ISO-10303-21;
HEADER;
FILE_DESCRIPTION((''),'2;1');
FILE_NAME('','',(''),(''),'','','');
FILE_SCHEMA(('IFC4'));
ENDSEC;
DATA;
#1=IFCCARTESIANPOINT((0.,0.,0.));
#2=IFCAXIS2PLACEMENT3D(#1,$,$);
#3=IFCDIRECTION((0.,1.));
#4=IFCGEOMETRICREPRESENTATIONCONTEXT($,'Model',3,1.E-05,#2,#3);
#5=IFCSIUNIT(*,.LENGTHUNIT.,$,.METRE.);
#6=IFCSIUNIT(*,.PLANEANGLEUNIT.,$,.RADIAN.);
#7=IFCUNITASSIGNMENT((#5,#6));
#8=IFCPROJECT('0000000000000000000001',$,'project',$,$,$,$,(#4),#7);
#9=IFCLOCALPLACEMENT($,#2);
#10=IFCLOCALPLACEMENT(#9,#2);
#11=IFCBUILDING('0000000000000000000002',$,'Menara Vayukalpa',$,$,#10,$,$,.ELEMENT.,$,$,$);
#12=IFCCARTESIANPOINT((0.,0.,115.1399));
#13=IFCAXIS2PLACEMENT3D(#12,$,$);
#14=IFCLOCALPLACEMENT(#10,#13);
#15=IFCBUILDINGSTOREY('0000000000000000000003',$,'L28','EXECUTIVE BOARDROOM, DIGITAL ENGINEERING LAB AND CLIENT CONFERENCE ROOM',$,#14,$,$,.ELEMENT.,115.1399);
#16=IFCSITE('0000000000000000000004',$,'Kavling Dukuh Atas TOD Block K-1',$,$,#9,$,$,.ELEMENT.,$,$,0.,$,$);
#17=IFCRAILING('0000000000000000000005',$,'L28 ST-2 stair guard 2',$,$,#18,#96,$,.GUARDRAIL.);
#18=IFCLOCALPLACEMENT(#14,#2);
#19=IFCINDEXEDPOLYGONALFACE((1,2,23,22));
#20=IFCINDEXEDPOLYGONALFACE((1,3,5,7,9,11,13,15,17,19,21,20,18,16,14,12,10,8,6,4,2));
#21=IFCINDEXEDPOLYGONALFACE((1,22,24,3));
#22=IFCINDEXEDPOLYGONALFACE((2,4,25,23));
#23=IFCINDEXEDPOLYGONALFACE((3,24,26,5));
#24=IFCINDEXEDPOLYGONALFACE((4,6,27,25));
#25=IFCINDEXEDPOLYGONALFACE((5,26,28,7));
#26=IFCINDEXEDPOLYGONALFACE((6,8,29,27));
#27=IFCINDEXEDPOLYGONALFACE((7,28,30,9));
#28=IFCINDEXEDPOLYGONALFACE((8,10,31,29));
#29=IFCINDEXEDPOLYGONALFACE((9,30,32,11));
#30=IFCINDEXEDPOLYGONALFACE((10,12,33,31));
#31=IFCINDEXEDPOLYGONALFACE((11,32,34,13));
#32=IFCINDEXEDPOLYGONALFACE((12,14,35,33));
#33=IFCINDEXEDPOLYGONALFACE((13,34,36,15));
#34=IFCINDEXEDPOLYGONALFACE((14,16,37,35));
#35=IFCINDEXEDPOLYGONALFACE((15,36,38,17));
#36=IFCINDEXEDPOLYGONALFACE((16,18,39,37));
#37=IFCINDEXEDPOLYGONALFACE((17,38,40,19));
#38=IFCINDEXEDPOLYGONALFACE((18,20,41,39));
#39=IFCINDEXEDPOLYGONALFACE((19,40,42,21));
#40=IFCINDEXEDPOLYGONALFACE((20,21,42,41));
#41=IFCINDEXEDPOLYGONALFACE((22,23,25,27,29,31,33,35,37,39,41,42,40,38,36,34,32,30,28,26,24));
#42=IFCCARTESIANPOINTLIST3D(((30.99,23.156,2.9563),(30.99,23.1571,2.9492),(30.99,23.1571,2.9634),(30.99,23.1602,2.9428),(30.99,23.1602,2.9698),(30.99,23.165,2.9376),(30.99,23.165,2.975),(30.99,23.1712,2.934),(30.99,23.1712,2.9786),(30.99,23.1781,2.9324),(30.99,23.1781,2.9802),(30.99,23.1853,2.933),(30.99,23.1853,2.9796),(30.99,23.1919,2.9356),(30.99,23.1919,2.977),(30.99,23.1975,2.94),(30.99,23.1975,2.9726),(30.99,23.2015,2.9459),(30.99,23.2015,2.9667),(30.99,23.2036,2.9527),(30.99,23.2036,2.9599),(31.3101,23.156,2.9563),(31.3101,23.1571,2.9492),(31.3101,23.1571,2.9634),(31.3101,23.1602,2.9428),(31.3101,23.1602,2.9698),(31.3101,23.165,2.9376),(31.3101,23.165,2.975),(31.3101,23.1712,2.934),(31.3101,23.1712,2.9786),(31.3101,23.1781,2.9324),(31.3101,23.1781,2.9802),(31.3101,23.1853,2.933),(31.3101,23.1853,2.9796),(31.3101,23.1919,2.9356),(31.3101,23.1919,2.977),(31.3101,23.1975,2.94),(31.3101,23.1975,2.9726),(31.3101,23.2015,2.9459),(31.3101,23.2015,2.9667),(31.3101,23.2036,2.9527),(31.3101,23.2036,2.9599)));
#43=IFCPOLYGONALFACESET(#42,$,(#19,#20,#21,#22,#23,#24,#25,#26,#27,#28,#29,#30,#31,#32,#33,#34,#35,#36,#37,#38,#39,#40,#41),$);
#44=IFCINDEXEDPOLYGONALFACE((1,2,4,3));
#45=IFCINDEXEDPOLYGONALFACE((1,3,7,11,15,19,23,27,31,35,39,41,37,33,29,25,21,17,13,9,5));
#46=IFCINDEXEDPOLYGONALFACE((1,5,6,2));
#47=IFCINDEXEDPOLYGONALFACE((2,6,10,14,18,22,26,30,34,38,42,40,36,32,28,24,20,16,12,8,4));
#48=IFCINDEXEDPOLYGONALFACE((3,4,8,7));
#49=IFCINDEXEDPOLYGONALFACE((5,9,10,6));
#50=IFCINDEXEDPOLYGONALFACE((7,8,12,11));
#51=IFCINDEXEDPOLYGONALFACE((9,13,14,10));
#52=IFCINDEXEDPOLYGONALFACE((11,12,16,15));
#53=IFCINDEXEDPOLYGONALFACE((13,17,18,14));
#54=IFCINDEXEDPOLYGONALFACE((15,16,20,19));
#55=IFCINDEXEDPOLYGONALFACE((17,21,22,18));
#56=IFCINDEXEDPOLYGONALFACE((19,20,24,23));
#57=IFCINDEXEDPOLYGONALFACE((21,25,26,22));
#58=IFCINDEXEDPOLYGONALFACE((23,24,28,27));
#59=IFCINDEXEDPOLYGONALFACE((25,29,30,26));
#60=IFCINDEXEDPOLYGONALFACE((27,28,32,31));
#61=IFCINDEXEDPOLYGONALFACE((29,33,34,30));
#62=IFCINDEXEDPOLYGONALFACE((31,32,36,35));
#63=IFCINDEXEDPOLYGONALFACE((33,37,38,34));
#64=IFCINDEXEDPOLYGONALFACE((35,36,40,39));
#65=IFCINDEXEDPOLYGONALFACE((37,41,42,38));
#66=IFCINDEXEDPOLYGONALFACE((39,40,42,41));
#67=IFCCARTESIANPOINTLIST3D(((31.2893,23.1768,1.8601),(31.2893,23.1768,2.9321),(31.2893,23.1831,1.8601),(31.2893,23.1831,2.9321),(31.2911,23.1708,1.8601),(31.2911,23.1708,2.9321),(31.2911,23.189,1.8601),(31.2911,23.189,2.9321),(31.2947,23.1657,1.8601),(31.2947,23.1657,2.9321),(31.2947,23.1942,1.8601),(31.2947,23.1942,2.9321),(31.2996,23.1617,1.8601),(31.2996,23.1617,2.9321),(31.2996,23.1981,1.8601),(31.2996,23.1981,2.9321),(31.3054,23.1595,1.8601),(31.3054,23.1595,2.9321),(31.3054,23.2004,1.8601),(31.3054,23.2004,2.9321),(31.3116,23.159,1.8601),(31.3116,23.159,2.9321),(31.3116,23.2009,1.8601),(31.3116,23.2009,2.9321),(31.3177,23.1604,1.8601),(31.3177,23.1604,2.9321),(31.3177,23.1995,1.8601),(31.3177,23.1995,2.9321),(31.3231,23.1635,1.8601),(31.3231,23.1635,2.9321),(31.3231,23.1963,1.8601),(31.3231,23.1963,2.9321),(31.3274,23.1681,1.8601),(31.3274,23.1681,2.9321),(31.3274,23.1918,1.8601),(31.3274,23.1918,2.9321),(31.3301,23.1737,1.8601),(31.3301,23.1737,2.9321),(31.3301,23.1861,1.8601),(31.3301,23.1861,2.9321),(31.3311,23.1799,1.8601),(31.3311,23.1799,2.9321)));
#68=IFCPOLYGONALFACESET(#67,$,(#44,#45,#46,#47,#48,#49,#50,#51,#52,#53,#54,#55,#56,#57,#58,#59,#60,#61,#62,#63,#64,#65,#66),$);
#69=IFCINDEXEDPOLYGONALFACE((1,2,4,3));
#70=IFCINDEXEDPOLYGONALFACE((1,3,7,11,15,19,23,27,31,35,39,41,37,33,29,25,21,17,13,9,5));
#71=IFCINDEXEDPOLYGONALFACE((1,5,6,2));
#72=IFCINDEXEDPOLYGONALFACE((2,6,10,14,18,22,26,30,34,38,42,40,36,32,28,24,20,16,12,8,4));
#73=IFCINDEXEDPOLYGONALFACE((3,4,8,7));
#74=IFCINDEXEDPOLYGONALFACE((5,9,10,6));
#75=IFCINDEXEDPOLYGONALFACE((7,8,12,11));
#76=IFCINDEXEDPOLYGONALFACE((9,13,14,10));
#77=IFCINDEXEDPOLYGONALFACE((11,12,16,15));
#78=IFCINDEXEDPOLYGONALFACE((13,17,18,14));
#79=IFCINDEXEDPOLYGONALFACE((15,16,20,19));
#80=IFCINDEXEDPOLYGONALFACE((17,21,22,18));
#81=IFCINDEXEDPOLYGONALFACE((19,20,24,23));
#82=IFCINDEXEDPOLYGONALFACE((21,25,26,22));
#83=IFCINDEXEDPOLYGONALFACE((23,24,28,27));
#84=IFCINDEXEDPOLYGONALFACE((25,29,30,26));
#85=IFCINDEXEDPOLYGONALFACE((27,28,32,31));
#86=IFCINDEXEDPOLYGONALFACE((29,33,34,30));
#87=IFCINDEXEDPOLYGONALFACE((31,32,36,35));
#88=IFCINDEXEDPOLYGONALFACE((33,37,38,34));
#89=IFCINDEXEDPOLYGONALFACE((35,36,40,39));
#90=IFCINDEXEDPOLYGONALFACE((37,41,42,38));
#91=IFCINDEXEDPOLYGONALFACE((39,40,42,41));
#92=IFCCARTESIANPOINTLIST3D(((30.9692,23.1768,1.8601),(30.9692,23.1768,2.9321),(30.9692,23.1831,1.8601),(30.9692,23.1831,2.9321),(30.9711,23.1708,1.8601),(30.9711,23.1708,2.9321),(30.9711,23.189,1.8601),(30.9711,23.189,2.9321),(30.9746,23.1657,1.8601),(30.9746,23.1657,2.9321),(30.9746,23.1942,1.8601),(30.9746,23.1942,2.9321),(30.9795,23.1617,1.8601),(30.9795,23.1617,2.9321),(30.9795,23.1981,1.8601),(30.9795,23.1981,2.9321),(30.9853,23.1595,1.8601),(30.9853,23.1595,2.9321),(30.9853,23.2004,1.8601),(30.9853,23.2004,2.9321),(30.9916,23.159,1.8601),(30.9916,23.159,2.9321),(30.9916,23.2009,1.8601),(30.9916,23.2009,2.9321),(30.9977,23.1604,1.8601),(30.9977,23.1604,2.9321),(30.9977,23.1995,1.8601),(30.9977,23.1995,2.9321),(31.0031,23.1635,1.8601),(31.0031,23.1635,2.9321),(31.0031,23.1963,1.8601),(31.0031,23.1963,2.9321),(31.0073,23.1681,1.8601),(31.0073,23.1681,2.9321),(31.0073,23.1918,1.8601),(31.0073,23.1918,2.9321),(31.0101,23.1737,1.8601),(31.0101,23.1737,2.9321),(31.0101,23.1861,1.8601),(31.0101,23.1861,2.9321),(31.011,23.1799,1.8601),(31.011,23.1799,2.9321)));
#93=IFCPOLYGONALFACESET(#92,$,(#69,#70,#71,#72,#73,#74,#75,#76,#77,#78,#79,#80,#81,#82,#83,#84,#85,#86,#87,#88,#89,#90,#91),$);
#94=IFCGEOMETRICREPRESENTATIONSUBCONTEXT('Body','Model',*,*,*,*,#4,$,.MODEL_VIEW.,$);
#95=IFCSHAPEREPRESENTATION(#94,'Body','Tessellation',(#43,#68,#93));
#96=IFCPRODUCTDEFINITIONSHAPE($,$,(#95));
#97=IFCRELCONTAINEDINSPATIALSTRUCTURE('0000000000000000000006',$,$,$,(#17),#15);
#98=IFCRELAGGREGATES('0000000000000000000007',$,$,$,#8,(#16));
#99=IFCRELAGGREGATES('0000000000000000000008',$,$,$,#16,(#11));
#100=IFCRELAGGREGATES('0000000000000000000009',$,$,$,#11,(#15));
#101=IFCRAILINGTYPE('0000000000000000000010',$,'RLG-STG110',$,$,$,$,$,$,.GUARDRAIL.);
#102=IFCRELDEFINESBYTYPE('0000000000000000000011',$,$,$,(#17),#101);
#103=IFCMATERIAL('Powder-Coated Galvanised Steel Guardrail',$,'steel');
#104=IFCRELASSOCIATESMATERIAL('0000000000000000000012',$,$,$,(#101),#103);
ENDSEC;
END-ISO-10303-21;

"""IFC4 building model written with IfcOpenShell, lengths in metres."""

from ifc_helpers import new_model, si_unit, direction, frame, origin, origin_2d, place, context, subcontext, project, spatial, circle, extrude, material, type_object, element, save


model = new_model("IFC4")

# Units and contexts
model_context = context("Model", 3, precision=1e-05, world=origin(), true_north=direction((0.0, 1.0)))
body_context = subcontext(model_context, "Body", "Model", "MODEL_VIEW")
ifc_project = project(units=[si_unit("LENGTHUNIT", "METRE"), si_unit("PLANEANGLEUNIT", "RADIAN")], contexts=[model_context])

# Site, building, storey
site_placement = place(None, origin())
site = spatial("IfcSite", under=ifc_project, at=site_placement, Name="Kavling Dukuh Atas TOD Block K-1", CompositionType="ELEMENT", RefElevation=0.0)
building_placement = place(site_placement, origin())
building = spatial("IfcBuilding", under=site, at=building_placement, Name="Menara Vayukalpa", CompositionType="ELEMENT")
storey_placement = place(building_placement, frame((0.0, 0.0, 115.1399)))
storey = spatial("IfcBuildingStorey", under=building, at=storey_placement, Name="L28", Description="EXECUTIVE BOARDROOM, DIGITAL ENGINEERING LAB AND CLIENT CONFERENCE ROOM", CompositionType="ELEMENT", Elevation=115.1399)

# Railing
ifc_material_1 = material(Name="Powder-Coated Galvanised Steel Guardrail", Category="steel")
railing_type_1 = type_object("IfcRailingType", Name="RLG-STG110", PredefinedType="GUARDRAIL", material=ifc_material_1)
railing_1_placement = place(storey_placement, frame((31.3101, 23.1799, 1.8601)))
element("IfcRailing", 1, at=railing_1_placement, inside=storey, type_object=railing_type_1, Name="L28 ST-2 stair guard 2", PredefinedType="GUARDRAIL", context=body_context, shape_type="SweptSolid", body=[
    extrude(circle(Radius=0.0239, at=origin_2d()), frame((0.0, 0.0, 1.0962), z_axis=(-1.0, 0.0, 0.0), x_axis=(0.0, -1.0, 0.0)), (0.0, 0.0, 1.0), 0.3201),
    extrude(circle(Radius=0.021, at=origin_2d()), origin(), (0.0, 0.0, 1.0), 1.072),
    extrude(circle(Radius=0.021, at=origin_2d()), frame((-0.3201, 0.0, 0.0)), (0.0, 0.0, 1.0), 1.072),
])

save(model, "model.ifc")
